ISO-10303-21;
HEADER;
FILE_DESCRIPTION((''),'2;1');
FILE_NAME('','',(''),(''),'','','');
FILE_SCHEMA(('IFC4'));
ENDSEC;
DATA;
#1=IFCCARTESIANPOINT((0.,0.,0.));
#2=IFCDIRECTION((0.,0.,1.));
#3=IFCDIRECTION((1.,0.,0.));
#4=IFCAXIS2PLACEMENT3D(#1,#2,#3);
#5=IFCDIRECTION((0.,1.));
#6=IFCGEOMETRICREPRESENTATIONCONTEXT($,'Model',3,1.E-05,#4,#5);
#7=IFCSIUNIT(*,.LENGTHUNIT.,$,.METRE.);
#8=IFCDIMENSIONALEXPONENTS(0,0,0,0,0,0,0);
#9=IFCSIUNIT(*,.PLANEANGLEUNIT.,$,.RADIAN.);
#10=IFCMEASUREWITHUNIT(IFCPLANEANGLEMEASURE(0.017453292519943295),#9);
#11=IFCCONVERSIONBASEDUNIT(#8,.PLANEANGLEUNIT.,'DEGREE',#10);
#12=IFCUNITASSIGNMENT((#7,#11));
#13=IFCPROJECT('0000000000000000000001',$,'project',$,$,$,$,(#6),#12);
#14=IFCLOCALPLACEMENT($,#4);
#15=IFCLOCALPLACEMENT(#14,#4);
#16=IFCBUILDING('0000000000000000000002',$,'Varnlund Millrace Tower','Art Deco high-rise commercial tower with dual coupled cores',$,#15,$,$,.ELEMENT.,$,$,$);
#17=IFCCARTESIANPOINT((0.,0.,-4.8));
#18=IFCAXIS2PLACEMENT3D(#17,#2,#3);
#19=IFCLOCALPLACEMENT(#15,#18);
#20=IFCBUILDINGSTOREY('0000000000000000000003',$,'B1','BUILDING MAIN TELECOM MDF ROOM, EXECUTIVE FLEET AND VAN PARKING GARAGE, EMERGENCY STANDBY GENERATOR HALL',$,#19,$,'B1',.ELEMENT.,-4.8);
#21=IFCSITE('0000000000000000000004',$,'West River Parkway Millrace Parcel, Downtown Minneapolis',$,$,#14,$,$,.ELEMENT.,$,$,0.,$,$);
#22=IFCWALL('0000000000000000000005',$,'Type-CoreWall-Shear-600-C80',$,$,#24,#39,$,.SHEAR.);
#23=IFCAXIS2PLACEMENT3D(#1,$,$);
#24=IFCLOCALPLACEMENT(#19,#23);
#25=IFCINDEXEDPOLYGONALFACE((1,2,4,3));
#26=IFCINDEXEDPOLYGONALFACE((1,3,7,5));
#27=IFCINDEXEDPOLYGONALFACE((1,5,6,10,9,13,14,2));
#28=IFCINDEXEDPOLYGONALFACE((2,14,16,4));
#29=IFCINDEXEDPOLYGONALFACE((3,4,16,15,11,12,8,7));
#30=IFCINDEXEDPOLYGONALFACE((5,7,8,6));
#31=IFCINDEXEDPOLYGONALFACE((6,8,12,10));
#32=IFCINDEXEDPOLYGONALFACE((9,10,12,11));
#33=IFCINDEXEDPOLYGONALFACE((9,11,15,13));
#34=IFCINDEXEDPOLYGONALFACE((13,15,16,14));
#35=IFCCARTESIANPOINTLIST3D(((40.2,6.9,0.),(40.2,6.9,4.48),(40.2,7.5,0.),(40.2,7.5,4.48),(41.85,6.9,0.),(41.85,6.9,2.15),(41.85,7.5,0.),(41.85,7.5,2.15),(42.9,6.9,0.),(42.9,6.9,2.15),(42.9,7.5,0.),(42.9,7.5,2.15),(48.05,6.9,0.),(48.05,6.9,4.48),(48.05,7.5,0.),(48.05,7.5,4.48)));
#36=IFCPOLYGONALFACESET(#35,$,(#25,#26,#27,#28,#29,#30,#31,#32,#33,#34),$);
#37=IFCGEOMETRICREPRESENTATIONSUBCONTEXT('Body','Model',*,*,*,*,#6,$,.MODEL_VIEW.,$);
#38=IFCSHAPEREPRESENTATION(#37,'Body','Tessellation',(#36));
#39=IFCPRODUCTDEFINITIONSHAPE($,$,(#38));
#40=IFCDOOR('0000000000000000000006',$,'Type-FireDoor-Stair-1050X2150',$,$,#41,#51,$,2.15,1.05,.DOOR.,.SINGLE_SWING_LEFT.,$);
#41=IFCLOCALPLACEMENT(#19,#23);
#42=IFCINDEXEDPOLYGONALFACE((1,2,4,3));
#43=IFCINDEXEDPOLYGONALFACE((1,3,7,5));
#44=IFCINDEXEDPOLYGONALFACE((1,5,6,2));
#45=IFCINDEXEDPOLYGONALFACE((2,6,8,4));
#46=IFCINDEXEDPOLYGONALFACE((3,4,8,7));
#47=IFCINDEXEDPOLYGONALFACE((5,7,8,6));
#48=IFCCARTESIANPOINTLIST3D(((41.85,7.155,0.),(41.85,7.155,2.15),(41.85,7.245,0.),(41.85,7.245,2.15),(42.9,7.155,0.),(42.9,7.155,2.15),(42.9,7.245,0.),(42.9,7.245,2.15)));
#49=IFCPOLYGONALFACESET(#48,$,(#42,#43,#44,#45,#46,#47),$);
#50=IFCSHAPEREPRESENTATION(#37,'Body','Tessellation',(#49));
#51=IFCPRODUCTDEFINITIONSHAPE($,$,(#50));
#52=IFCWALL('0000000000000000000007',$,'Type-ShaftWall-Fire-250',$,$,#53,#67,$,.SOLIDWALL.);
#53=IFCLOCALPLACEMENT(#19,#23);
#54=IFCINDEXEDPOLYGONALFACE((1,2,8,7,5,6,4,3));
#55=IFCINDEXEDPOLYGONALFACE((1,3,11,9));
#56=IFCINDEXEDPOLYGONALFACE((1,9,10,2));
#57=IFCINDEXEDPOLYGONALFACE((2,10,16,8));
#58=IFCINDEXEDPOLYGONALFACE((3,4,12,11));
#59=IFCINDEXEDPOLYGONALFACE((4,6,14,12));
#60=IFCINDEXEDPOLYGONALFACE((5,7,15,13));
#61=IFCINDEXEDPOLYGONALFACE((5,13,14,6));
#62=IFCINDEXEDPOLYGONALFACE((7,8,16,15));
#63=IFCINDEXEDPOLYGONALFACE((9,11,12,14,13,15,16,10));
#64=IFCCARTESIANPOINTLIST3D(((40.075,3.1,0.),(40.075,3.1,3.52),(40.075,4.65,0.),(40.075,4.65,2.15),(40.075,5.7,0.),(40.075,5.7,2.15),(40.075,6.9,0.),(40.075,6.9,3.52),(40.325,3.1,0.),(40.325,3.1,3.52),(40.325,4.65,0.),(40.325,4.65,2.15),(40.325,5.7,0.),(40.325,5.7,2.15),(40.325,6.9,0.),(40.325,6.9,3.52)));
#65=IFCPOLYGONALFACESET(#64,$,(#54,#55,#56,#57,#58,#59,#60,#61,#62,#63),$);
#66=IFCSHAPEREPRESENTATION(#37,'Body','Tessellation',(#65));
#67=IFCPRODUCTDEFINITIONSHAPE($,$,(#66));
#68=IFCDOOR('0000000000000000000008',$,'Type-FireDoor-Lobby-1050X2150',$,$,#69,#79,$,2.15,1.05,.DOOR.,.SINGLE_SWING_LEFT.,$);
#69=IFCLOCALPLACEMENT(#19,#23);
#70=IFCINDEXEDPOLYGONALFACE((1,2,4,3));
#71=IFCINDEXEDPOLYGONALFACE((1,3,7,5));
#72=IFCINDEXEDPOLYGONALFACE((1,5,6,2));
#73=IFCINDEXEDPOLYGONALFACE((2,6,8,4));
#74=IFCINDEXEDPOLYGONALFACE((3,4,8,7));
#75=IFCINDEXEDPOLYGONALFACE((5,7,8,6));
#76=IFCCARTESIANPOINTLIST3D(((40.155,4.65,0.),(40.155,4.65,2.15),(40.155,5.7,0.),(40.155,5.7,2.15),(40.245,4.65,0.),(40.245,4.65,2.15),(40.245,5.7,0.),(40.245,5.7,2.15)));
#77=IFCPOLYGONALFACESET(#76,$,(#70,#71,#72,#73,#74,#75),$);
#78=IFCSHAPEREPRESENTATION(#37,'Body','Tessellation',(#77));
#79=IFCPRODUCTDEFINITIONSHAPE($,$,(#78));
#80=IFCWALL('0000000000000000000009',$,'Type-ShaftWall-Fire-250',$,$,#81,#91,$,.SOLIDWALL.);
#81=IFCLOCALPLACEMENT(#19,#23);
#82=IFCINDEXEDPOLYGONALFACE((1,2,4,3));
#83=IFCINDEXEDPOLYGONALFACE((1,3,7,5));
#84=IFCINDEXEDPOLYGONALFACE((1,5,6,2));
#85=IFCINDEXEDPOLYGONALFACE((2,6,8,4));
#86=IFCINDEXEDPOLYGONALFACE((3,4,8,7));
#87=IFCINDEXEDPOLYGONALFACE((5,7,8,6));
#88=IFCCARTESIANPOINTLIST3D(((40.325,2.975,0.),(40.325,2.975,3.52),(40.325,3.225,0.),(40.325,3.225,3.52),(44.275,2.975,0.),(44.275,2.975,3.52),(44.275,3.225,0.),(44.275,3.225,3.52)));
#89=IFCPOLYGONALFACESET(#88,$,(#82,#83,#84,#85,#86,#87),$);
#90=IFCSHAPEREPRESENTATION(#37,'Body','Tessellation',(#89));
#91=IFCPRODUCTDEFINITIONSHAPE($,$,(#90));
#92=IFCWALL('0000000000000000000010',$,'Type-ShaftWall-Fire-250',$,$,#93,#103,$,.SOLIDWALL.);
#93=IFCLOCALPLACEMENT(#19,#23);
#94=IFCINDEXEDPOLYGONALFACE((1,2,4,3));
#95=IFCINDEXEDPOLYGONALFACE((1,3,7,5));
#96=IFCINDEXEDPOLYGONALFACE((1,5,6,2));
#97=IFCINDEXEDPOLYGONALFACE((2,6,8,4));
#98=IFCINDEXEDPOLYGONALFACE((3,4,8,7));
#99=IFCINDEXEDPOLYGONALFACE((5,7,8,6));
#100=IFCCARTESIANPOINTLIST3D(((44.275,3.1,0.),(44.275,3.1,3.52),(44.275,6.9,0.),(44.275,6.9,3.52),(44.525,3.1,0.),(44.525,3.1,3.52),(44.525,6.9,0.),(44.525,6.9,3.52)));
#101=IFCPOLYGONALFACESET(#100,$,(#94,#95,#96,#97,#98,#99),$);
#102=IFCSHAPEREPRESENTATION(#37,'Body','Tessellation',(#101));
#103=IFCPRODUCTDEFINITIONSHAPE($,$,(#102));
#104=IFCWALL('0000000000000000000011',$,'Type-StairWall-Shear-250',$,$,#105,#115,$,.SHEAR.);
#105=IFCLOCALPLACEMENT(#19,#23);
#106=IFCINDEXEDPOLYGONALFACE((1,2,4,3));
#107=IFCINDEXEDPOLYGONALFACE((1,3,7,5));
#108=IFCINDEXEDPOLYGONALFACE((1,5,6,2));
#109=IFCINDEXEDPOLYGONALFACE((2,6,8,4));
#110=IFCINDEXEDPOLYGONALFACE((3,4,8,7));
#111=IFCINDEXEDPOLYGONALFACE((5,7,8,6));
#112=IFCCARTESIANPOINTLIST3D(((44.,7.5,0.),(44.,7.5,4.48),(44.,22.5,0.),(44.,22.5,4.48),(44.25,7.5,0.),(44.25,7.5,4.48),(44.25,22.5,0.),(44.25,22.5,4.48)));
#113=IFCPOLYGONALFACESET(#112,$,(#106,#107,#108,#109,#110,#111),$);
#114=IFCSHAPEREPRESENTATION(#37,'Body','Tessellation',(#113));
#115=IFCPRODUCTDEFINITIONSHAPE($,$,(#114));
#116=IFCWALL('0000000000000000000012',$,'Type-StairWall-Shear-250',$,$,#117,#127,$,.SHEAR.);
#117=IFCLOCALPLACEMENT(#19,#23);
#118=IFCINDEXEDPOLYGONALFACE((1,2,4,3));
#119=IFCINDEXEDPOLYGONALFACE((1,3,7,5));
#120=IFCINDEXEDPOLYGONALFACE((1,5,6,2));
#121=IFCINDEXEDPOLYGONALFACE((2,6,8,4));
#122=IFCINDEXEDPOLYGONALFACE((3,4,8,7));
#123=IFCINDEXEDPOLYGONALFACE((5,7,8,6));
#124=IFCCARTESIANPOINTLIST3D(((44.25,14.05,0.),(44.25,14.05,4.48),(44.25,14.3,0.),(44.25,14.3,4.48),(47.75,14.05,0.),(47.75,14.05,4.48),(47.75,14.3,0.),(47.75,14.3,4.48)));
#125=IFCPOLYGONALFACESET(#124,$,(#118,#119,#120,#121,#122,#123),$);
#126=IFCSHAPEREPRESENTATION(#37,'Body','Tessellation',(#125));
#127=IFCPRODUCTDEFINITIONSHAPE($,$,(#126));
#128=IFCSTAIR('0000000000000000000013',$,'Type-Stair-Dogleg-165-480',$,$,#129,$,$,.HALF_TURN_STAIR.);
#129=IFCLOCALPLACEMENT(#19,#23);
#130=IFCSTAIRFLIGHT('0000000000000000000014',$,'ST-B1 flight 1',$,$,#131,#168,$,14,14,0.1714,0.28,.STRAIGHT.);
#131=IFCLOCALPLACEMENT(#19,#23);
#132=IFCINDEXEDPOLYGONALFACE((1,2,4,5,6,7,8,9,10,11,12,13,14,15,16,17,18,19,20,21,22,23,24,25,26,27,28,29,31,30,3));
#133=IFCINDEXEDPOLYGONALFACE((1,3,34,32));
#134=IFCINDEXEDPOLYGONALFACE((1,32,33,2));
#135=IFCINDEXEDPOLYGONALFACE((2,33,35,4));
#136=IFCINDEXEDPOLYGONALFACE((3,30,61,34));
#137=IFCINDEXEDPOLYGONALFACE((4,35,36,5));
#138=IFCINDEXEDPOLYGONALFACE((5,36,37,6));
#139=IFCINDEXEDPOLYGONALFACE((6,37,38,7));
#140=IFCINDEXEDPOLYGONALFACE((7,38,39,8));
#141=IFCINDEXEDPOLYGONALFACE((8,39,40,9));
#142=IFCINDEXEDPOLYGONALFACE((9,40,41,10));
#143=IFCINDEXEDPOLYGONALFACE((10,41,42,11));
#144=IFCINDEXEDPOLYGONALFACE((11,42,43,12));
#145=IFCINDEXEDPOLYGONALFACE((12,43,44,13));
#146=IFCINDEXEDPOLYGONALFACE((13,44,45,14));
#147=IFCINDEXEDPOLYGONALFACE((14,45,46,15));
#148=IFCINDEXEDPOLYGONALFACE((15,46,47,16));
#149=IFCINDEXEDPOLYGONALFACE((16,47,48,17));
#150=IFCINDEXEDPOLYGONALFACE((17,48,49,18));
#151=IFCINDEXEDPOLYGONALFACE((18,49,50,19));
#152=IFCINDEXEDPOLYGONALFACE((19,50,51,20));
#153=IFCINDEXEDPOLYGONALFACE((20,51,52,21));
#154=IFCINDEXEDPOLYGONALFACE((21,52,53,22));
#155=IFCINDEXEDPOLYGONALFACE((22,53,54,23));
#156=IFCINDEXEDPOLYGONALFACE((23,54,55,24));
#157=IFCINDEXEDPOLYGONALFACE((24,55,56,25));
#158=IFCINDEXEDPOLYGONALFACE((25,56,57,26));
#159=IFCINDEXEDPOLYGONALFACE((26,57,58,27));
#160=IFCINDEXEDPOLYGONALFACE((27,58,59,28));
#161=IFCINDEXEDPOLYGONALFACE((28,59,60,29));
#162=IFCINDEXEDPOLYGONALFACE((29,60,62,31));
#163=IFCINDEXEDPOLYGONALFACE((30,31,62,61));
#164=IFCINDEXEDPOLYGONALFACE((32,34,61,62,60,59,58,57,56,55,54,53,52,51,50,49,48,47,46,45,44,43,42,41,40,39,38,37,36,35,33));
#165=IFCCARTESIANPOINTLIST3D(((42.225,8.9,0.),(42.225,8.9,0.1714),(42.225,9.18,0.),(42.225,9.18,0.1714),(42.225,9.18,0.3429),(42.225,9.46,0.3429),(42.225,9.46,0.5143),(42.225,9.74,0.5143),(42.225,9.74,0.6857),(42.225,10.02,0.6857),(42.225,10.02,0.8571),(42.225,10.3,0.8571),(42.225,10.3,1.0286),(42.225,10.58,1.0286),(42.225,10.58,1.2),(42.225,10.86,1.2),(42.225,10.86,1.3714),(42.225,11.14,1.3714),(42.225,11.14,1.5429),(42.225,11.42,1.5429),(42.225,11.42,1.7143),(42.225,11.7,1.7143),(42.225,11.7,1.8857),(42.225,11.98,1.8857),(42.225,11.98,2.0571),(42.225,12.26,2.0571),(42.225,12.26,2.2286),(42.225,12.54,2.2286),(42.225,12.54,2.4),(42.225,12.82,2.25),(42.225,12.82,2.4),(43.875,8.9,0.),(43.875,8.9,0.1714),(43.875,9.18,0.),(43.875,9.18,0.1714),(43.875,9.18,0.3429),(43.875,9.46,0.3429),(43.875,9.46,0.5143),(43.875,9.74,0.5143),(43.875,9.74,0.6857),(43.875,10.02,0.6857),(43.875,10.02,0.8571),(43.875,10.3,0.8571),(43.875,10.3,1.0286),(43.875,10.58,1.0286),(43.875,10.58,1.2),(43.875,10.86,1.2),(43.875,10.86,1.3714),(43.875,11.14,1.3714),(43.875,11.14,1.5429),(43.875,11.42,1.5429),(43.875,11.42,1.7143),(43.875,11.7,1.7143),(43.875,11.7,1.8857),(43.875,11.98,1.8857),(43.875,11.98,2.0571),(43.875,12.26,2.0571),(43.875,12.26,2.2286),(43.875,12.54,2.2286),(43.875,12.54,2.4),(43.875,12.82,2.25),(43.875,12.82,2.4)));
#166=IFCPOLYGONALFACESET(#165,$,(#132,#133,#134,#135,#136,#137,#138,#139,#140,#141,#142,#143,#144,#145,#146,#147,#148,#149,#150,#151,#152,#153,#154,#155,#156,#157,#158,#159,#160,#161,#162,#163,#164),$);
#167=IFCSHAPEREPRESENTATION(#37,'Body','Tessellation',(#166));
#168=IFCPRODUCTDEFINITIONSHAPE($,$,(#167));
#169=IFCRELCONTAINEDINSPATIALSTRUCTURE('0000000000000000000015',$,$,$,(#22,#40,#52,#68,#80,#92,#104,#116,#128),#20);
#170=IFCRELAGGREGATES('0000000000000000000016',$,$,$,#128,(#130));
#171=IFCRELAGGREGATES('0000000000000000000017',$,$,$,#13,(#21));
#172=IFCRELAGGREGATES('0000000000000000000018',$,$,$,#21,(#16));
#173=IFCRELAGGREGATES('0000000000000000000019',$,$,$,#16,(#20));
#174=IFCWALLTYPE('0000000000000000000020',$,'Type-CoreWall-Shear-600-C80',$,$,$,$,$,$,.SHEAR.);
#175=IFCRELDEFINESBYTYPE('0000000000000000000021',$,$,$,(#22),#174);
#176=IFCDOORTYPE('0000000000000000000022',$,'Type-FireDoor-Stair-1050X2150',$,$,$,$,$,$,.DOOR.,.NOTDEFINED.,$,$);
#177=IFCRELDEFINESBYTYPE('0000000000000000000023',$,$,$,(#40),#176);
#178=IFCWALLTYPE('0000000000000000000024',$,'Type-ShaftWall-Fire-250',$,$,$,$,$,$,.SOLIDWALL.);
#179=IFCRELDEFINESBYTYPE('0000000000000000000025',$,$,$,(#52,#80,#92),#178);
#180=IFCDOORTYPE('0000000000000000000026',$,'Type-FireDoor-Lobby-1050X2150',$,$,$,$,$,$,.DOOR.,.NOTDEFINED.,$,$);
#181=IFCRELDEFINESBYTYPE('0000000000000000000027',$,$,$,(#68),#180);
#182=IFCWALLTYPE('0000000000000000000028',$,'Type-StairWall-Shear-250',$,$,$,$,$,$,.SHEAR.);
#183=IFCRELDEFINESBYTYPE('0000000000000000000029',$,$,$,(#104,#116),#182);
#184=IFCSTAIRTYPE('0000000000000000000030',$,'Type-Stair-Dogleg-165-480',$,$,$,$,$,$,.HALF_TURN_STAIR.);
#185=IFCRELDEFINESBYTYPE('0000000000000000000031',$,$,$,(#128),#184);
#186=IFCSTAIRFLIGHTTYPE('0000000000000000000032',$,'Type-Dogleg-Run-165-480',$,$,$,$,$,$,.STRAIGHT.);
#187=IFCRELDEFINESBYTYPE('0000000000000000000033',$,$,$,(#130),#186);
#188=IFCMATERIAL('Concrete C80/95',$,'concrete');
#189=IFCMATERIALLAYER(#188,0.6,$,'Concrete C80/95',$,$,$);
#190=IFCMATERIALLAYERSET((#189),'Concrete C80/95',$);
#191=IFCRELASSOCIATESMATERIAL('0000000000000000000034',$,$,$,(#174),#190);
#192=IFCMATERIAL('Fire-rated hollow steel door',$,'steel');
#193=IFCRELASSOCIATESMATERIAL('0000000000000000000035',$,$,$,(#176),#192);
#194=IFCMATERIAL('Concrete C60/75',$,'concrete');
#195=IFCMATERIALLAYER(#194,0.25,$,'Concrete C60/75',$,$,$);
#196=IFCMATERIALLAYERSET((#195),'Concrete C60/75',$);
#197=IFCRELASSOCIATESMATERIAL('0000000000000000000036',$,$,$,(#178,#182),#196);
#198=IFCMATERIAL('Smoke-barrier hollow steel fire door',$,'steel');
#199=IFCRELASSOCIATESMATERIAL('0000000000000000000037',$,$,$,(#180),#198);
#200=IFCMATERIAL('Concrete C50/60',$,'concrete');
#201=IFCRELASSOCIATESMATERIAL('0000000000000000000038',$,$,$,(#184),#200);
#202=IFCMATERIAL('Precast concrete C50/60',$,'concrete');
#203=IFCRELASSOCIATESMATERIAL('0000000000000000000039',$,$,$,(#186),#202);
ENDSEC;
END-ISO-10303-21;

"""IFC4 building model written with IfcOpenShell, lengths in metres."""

from ifc_helpers import new_model, entity, si_unit, converted_unit, direction, frame, origin_with_axes, origin_2d_with_axis, place, context, subcontext, project, spatial, polyline, rectangle, outline, extrude, material, layer, layer_set, type_object, element, fill, aggregate, save


model = new_model("IFC4")

# Units and contexts
model_context = context("Model", 3, precision=1e-05, world=origin_with_axes(), true_north=direction((0.0, 1.0)))
body_context = subcontext(model_context, "Body", "Model", "MODEL_VIEW")
ifc_project = project(units=[si_unit("LENGTHUNIT", "METRE"), converted_unit("PLANEANGLEUNIT", "DEGREE", entity("IfcPlaneAngleMeasure", 0.017453292519943295), si_unit("PLANEANGLEUNIT", "RADIAN"), dimensions=[0, 0, 0, 0, 0, 0, 0])], contexts=[model_context])

# Site, building, storey
site_placement = place(None, origin_with_axes())
site = spatial("IfcSite", under=ifc_project, at=site_placement, Name="West River Parkway Millrace Parcel, Downtown Minneapolis", CompositionType="ELEMENT", RefElevation=0.0)
building_placement = place(site_placement, origin_with_axes())
building = spatial("IfcBuilding", under=site, at=building_placement, Name="Varnlund Millrace Tower", Description="Art Deco high-rise commercial tower with dual coupled cores", CompositionType="ELEMENT")
storey_placement = place(building_placement, frame((0.0, 0.0, -4.8), z_axis=(0.0, 0.0, 1.0), x_axis=(1.0, 0.0, 0.0)))
storey = spatial("IfcBuildingStorey", under=building, at=storey_placement, Name="B1", Description="BUILDING MAIN TELECOM MDF ROOM, EXECUTIVE FLEET AND VAN PARKING GARAGE, EMERGENCY STANDBY GENERATOR HALL", LongName="B1", CompositionType="ELEMENT", Elevation=-4.8)

# Shared definitions
ifc_material_1 = material(Name="Concrete C80/95", Category="concrete")

# Shared definitions
ifc_layer_1 = layer(ifc_material_1, 0.6, Name="Concrete C80/95")
ifc_layer_set_1 = layer_set([ifc_layer_1], Name="Concrete C80/95")
wall_type_1 = type_object("IfcWallType", Name="Type-CoreWall-Shear-600-C80", PredefinedType="SHEAR", material=ifc_layer_set_1)

# Walls, openings, doors
wall_1_placement = place(storey_placement, frame((40.2, 7.2, 0.0), z_axis=(0.0, 0.0, 1.0), x_axis=(1.0, 0.0, 0.0)))
wall_1 = element("IfcWall", 1, at=wall_1_placement, inside=storey, type_object=wall_type_1, Name="Type-CoreWall-Shear-600-C80", PredefinedType="SHEAR", context=body_context, shape_type="SweptSolid", body=[
    extrude(outline(polyline([(0.0, -0.3), (7.85, -0.3), (7.85, 0.3), (0.0, 0.3), (0.0, -0.3)])), origin_with_axes(), (0.0, 0.0, 1.0), 4.48),
])
opening_1_placement = place(wall_1_placement, frame((2.175, 0.0, 0.0), z_axis=(0.0, 0.0, 1.0), x_axis=(1.0, 0.0, 0.0)))
opening_1 = element("IfcOpeningElement", 2, at=opening_1_placement, cuts=wall_1, PredefinedType="OPENING", context=body_context, shape_type="SweptSolid", body=[
    extrude(rectangle(XDim=1.05, YDim=0.62, at=origin_2d_with_axis()), origin_with_axes(), (0.0, 0.0, 1.0), 2.15),
])
ifc_material_2 = material(Name="Fire-rated hollow steel door", Category="steel")
door_type_1 = type_object("IfcDoorType", Name="Type-FireDoor-Stair-1050X2150", OperationType="NOTDEFINED", PredefinedType="DOOR", material=ifc_material_2)
door_1_placement = place(wall_1_placement, frame((2.175, 0.0, 0.0), z_axis=(0.0, 0.0, 1.0), x_axis=(1.0, 0.0, 0.0)))
door_1 = element("IfcDoor", 3, at=door_1_placement, inside=storey, type_object=door_type_1, Name="Type-FireDoor-Stair-1050X2150", OperationType="SINGLE_SWING_LEFT", OverallHeight=2.15, OverallWidth=1.05, PredefinedType="DOOR", context=body_context, shape_type="SweptSolid", body=[
    extrude(rectangle(XDim=1.05, YDim=0.09, at=origin_2d_with_axis()), origin_with_axes(), (0.0, 0.0, 1.0), 2.15),
])
fill(opening_1, door_1)
ifc_material_3 = material(Name="Concrete C60/75", Category="concrete")
ifc_layer_2 = layer(ifc_material_3, 0.25, Name="Concrete C60/75")
ifc_layer_set_2 = layer_set([ifc_layer_2], Name="Concrete C60/75")
wall_type_2 = type_object("IfcWallType", Name="Type-ShaftWall-Fire-250", PredefinedType="SOLIDWALL", material=ifc_layer_set_2)
wall_2_placement = place(storey_placement, frame((40.2, 3.1, 0.0), z_axis=(0.0, 0.0, 1.0), x_axis=(0.0, 1.0, 0.0)))
wall_2 = element("IfcWall", 4, at=wall_2_placement, inside=storey, type_object=wall_type_2, Name="Type-ShaftWall-Fire-250", PredefinedType="SOLIDWALL", context=body_context, shape_type="SweptSolid", body=[
    extrude(outline(polyline([(0.0, -0.125), (3.8, -0.125), (3.8, 0.125), (0.0, 0.125), (0.0, -0.125)])), origin_with_axes(), (0.0, 0.0, 1.0), 3.52),
])
opening_2_placement = place(wall_2_placement, frame((2.075, 0.0, 0.0), z_axis=(0.0, 0.0, 1.0), x_axis=(1.0, 0.0, 0.0)))
opening_2 = element("IfcOpeningElement", 5, at=opening_2_placement, cuts=wall_2, PredefinedType="OPENING", context=body_context, shape_type="SweptSolid", body=[
    extrude(rectangle(XDim=1.05, YDim=0.27, at=origin_2d_with_axis()), origin_with_axes(), (0.0, 0.0, 1.0), 2.15),
])
ifc_material_4 = material(Name="Smoke-barrier hollow steel fire door", Category="steel")
door_type_2 = type_object("IfcDoorType", Name="Type-FireDoor-Lobby-1050X2150", OperationType="NOTDEFINED", PredefinedType="DOOR", material=ifc_material_4)
door_2_placement = place(wall_2_placement, frame((2.075, 0.0, 0.0), z_axis=(0.0, 0.0, 1.0), x_axis=(1.0, 0.0, 0.0)))
door_2 = element("IfcDoor", 6, at=door_2_placement, inside=storey, type_object=door_type_2, Name="Type-FireDoor-Lobby-1050X2150", OperationType="SINGLE_SWING_LEFT", OverallHeight=2.15, OverallWidth=1.05, PredefinedType="DOOR", context=body_context, shape_type="SweptSolid", body=[
    extrude(rectangle(XDim=1.05, YDim=0.09, at=origin_2d_with_axis()), origin_with_axes(), (0.0, 0.0, 1.0), 2.15),
])
fill(opening_2, door_2)

# Walls
wall_3_placement = place(storey_placement, frame((40.325, 3.1, 0.0), z_axis=(0.0, 0.0, 1.0), x_axis=(1.0, 0.0, 0.0)))
element("IfcWall", 7, at=wall_3_placement, inside=storey, type_object=wall_type_2, Name="Type-ShaftWall-Fire-250", PredefinedType="SOLIDWALL", context=body_context, shape_type="SweptSolid", body=[
    extrude(outline(polyline([(0.0, -0.125), (3.95, -0.125), (3.95, 0.125), (0.0, 0.125), (0.0, -0.125)])), origin_with_axes(), (0.0, 0.0, 1.0), 3.52),
])
wall_4_placement = place(storey_placement, frame((44.4, 3.1, 0.0), z_axis=(0.0, 0.0, 1.0), x_axis=(0.0, 1.0, 0.0)))
element("IfcWall", 8, at=wall_4_placement, inside=storey, type_object=wall_type_2, Name="Type-ShaftWall-Fire-250", PredefinedType="SOLIDWALL", context=body_context, shape_type="SweptSolid", body=[
    extrude(outline(polyline([(0.0, -0.125), (3.8, -0.125), (3.8, 0.125), (0.0, 0.125), (0.0, -0.125)])), origin_with_axes(), (0.0, 0.0, 1.0), 3.52),
])
wall_type_3 = type_object("IfcWallType", Name="Type-StairWall-Shear-250", PredefinedType="SHEAR", material=ifc_layer_set_2)
wall_5_placement = place(storey_placement, frame((44.125, 7.5, 0.0), z_axis=(0.0, 0.0, 1.0), x_axis=(0.0, 1.0, 0.0)))
element("IfcWall", 9, at=wall_5_placement, inside=storey, type_object=wall_type_3, Name="Type-StairWall-Shear-250", PredefinedType="SHEAR", context=body_context, shape_type="SweptSolid", body=[
    extrude(outline(polyline([(0.0, -0.125), (15.0, -0.125), (15.0, 0.125), (0.0, 0.125), (0.0, -0.125)])), origin_with_axes(), (0.0, 0.0, 1.0), 4.48),
])
wall_6_placement = place(storey_placement, frame((44.25, 14.175, 0.0), z_axis=(0.0, 0.0, 1.0), x_axis=(1.0, 0.0, 0.0)))
element("IfcWall", 10, at=wall_6_placement, inside=storey, type_object=wall_type_3, Name="Type-StairWall-Shear-250", PredefinedType="SHEAR", context=body_context, shape_type="SweptSolid", body=[
    extrude(outline(polyline([(0.0, -0.125), (3.5, -0.125), (3.5, 0.125), (0.0, 0.125), (0.0, -0.125)])), origin_with_axes(), (0.0, 0.0, 1.0), 4.48),
])

# Stair, stair flight
ifc_material_5 = material(Name="Concrete C50/60", Category="concrete")
stair_type = type_object("IfcStairType", Name="Type-Stair-Dogleg-165-480", PredefinedType="HALF_TURN_STAIR", material=ifc_material_5)
stair_placement = place(storey_placement, origin_with_axes())
stair = element("IfcStair", 11, at=stair_placement, inside=storey, type_object=stair_type, Name="Type-Stair-Dogleg-165-480", PredefinedType="HALF_TURN_STAIR")
ifc_material_6 = material(Name="Precast concrete C50/60", Category="concrete")
stair_flight_type = type_object("IfcStairFlightType", Name="Type-Dogleg-Run-165-480", PredefinedType="STRAIGHT", material=ifc_material_6)
stair_flight_1_placement = place(storey_placement, frame((42.225, 8.9, 0.0), z_axis=(1.0, 0.0, 0.0), x_axis=(0.0, 1.0, 0.0)))
stair_flight_1 = element("IfcStairFlight", 12, at=stair_flight_1_placement, type_object=stair_flight_type, Name="ST-B1 flight 1", NumberOfRisers=14, NumberOfTreads=14, PredefinedType="STRAIGHT", RiserHeight=0.1714, TreadLength=0.28, context=body_context, shape_type="SweptSolid", body=[
    extrude(outline(polyline([(0.0, 0.0), (0.0, 0.1714), (0.28, 0.1714), (0.28, 0.3429), (0.56, 0.3429), (0.56, 0.5143), (0.84, 0.5143), (0.84, 0.6857), (1.12, 0.6857), (1.12, 0.8571), (1.4, 0.8571), (1.4, 1.0286), (1.68, 1.0286), (1.68, 1.2), (1.96, 1.2), (1.96, 1.3714), (2.24, 1.3714), (2.24, 1.5429), (2.52, 1.5429), (2.52, 1.7143), (2.8, 1.7143), (2.8, 1.8857), (3.08, 1.8857), (3.08, 2.0571), (3.36, 2.0571), (3.36, 2.2286), (3.64, 2.2286), (3.64, 2.4), (3.92, 2.4), (3.92, 2.25), (0.28, 0.0), (0.0, 0.0)])), origin_with_axes(), (0.0, 0.0, 1.0), 1.65),
])
aggregate(stair, [stair_flight_1])

save(model, "model.ifc")
